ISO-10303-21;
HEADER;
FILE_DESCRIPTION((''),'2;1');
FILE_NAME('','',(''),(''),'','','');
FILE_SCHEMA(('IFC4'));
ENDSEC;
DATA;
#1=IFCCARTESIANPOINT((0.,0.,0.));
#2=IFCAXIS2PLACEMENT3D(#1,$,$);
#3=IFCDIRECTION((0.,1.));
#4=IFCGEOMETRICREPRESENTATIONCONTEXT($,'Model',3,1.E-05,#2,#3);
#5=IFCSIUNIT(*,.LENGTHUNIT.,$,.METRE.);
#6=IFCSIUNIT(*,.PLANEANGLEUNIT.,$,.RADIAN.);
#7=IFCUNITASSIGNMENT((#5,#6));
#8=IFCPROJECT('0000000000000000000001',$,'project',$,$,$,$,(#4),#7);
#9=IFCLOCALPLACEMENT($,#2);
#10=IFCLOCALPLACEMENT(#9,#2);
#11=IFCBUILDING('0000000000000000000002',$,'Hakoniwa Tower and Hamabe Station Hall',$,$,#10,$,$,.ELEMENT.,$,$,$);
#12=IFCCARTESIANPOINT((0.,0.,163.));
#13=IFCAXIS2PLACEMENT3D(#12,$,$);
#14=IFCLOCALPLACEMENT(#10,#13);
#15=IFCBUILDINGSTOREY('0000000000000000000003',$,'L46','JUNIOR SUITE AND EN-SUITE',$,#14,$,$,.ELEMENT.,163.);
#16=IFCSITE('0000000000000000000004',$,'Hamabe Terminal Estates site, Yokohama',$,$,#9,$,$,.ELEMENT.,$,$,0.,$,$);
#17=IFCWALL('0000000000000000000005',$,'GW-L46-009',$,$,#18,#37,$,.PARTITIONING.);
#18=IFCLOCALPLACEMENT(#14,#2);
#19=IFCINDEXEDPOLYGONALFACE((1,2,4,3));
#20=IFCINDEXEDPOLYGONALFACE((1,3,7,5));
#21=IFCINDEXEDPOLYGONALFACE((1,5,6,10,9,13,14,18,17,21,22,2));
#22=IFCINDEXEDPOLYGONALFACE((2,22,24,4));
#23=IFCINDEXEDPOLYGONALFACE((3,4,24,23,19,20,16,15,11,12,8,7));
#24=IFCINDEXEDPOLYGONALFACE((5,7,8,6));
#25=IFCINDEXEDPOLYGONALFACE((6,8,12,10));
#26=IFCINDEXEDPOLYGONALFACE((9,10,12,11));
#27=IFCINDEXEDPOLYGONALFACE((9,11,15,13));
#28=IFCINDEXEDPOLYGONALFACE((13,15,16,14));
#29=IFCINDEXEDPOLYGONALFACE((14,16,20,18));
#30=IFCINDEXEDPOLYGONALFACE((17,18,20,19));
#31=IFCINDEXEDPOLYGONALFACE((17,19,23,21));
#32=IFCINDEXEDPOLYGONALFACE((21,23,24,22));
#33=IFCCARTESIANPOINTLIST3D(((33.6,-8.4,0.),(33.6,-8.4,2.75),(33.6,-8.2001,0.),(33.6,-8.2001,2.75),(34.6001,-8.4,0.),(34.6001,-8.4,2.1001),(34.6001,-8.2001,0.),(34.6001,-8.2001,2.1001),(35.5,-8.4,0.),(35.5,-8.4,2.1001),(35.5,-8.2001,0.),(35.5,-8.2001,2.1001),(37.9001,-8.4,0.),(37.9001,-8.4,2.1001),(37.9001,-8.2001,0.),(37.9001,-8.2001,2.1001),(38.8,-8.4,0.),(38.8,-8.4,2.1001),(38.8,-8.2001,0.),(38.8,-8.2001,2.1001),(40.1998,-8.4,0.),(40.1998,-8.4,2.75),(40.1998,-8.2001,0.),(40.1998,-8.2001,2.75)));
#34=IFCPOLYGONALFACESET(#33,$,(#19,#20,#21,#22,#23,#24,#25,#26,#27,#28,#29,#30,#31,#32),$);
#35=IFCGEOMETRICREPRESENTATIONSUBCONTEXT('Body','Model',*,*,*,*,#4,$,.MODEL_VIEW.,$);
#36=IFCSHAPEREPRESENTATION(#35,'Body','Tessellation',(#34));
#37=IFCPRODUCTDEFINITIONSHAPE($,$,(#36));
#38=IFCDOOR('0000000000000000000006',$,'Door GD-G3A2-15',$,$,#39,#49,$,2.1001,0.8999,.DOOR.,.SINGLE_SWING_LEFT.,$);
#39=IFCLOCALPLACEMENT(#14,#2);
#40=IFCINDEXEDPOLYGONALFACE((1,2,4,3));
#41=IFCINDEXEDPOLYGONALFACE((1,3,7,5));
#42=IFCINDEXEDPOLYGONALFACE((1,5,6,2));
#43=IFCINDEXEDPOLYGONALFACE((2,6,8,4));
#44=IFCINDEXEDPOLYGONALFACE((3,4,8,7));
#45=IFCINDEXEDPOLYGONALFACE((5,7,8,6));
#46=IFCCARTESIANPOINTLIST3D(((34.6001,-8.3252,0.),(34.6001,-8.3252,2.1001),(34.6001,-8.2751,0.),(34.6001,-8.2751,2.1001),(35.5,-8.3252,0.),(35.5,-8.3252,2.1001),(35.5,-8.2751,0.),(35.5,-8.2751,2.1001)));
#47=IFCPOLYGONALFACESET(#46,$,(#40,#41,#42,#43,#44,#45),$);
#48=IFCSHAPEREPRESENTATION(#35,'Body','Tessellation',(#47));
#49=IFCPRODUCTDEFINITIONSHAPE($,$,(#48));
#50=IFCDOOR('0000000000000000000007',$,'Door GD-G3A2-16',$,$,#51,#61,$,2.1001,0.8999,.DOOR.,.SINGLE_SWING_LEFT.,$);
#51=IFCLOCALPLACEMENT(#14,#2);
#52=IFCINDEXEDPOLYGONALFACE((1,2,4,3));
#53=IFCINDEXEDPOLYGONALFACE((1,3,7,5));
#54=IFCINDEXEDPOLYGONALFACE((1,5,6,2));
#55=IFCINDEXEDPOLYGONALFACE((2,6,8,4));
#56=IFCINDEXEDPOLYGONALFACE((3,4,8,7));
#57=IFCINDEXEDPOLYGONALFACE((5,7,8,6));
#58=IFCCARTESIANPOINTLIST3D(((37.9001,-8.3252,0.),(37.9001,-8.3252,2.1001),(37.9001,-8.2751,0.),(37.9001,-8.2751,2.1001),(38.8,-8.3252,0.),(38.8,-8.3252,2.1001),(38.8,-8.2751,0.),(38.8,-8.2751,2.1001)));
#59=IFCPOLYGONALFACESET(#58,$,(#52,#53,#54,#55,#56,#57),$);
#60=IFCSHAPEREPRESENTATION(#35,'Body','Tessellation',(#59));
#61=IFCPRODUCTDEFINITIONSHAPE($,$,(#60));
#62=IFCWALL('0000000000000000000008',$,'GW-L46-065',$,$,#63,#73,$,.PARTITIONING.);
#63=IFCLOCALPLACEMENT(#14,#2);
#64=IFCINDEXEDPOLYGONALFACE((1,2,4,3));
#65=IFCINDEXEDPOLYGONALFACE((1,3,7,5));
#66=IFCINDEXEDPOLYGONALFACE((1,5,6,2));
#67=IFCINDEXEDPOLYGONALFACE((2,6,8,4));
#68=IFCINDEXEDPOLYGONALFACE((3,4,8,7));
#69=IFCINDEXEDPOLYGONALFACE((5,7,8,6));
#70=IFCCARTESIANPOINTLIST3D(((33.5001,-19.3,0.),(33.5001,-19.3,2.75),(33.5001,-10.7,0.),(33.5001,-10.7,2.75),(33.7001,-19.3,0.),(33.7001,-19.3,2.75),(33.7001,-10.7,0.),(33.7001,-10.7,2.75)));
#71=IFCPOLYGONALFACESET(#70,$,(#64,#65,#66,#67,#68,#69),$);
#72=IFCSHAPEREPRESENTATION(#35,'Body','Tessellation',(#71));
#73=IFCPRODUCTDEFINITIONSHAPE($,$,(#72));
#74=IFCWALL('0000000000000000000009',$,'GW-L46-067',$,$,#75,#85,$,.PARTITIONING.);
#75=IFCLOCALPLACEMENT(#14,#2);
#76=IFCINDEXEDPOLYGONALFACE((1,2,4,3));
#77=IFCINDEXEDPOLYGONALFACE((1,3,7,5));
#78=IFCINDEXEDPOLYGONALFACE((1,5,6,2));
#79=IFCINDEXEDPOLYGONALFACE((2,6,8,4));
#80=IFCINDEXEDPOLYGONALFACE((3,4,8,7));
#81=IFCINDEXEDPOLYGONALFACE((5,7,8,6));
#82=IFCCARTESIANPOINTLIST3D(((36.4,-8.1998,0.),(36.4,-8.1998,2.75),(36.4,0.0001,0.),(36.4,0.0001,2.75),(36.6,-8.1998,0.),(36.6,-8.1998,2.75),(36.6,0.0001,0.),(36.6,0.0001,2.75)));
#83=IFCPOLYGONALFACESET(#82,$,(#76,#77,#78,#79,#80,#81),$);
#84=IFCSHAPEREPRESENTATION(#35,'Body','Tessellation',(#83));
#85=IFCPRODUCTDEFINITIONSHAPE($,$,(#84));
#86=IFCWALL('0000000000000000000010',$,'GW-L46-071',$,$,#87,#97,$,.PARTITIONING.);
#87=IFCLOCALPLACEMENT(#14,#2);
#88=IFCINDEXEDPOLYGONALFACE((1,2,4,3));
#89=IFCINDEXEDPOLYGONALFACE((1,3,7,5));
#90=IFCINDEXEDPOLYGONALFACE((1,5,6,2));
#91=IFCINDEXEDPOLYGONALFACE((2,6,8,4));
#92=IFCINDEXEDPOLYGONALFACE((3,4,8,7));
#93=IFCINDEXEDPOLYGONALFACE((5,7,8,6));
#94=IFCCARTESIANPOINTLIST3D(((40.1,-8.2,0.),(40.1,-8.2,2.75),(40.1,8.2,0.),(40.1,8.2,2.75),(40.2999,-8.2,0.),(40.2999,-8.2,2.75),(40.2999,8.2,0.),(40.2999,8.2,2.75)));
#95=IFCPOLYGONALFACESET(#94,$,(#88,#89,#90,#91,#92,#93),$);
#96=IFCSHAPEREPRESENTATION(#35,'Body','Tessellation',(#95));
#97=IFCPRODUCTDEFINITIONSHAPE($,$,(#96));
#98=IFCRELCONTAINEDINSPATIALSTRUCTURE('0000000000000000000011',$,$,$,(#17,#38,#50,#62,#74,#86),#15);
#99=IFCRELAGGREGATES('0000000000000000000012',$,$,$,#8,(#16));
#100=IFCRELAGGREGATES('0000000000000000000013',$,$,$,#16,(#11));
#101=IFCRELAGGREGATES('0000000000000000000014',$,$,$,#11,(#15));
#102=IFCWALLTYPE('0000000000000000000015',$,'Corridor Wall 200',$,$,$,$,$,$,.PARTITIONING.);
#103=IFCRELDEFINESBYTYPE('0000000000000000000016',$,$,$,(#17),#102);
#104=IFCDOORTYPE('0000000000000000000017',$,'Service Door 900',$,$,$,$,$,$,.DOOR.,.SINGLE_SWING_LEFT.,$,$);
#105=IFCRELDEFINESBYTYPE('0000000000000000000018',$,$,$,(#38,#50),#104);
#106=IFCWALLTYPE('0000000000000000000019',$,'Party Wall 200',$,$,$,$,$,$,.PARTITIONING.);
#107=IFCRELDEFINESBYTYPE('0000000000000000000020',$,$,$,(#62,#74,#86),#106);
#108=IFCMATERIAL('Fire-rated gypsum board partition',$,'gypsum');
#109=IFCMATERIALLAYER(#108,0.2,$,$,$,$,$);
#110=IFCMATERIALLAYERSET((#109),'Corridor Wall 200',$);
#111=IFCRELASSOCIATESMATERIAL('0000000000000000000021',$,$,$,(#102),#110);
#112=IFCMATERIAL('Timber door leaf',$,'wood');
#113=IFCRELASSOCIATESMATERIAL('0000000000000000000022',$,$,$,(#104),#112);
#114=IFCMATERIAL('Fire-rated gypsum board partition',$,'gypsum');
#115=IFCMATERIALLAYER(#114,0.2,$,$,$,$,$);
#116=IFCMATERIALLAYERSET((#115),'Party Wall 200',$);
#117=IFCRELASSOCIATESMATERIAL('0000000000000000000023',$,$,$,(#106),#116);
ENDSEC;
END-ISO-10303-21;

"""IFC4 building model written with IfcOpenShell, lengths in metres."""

from ifc_helpers import new_model, si_unit, direction, frame, frame_2d, origin, place, context, subcontext, project, spatial, rectangle, extrude, material, layer, layer_set, type_object, element, fill, save


model = new_model("IFC4")

# Units and contexts
model_context = context("Model", 3, precision=1e-05, world=origin(), true_north=direction((0.0, 1.0)))
body_context = subcontext(model_context, "Body", "Model", "MODEL_VIEW")
ifc_project = project(units=[si_unit("LENGTHUNIT", "METRE"), si_unit("PLANEANGLEUNIT", "RADIAN")], contexts=[model_context])

# Site, building, storey
site_placement = place(None, origin())
site = spatial("IfcSite", under=ifc_project, at=site_placement, Name="Hamabe Terminal Estates site, Yokohama", CompositionType="ELEMENT", RefElevation=0.0)
building_placement = place(site_placement, origin())
building = spatial("IfcBuilding", under=site, at=building_placement, Name="Hakoniwa Tower and Hamabe Station Hall", CompositionType="ELEMENT")
storey_placement = place(building_placement, frame((0.0, 0.0, 163.0)))
storey = spatial("IfcBuildingStorey", under=building, at=storey_placement, Name="L46", Description="JUNIOR SUITE AND EN-SUITE", CompositionType="ELEMENT", Elevation=163.0)

# Wall, openings, doors
ifc_material_1 = material(Name="Fire-rated gypsum board partition", Category="gypsum")
ifc_layer_1 = layer(ifc_material_1, 0.2)
ifc_layer_set_1 = layer_set([ifc_layer_1], Name="Corridor Wall 200")
wall_type_1 = type_object("IfcWallType", Name="Corridor Wall 200", PredefinedType="PARTITIONING", material=ifc_layer_set_1)
wall_1_placement = place(storey_placement, frame((33.6001, -8.3, 0.0), z_axis=(0.0, 0.0, 1.0), x_axis=(1.0, 0.0, 0.0)))
wall_1 = element("IfcWall", 1, at=wall_1_placement, inside=storey, type_object=wall_type_1, Name="GW-L46-009", PredefinedType="PARTITIONING", context=body_context, shape_type="SweptSolid", body=[
    extrude(rectangle(XDim=6.5999, YDim=0.2, at=frame_2d((3.2998, 0.0))), origin(), (0.0, 0.0, 1.0), 2.75),
])
opening_1_placement = place(wall_1_placement, frame((1.0, 0.0, 0.0)))
opening_1 = element("IfcOpeningElement", 2, at=opening_1_placement, cuts=wall_1, PredefinedType="OPENING", context=body_context, shape_type="SweptSolid", body=[
    extrude(rectangle(XDim=0.8999, YDim=2.1001, at=frame_2d((0.45, 1.05))), frame((0.0, 0.1099, 0.0), z_axis=(0.0, -1.0, 0.0), x_axis=(1.0, 0.0, 0.0)), (0.0, 0.0, 1.0), 0.22),
])
opening_2_placement = place(wall_1_placement, frame((4.3, 0.0, 0.0)))
opening_2 = element("IfcOpeningElement", 3, at=opening_2_placement, cuts=wall_1, PredefinedType="OPENING", context=body_context, shape_type="SweptSolid", body=[
    extrude(rectangle(XDim=0.8999, YDim=2.1001, at=frame_2d((0.45, 1.05))), frame((0.0, 0.1099, 0.0), z_axis=(0.0, -1.0, 0.0), x_axis=(1.0, 0.0, 0.0)), (0.0, 0.0, 1.0), 0.22),
])
ifc_material_2 = material(Name="Timber door leaf", Category="wood")
door_type = type_object("IfcDoorType", Name="Service Door 900", OperationType="SINGLE_SWING_LEFT", PredefinedType="DOOR", material=ifc_material_2)
door_1_placement = place(opening_1_placement, origin())
door_1 = element("IfcDoor", 4, at=door_1_placement, inside=storey, type_object=door_type, Name="Door GD-G3A2-15", OperationType="SINGLE_SWING_LEFT", OverallHeight=2.1001, OverallWidth=0.8999, PredefinedType="DOOR", context=body_context, shape_type="SweptSolid", body=[
    extrude(rectangle(XDim=0.8999, YDim=2.1001, at=frame_2d((0.45, 1.05))), frame((0.0, 0.0249, 0.0), z_axis=(0.0, -1.0, 0.0), x_axis=(1.0, 0.0, 0.0)), (0.0, 0.0, 1.0), 0.05),
])
fill(opening_1, door_1)
door_2_placement = place(opening_2_placement, origin())
door_2 = element("IfcDoor", 5, at=door_2_placement, inside=storey, type_object=door_type, Name="Door GD-G3A2-16", OperationType="SINGLE_SWING_LEFT", OverallHeight=2.1001, OverallWidth=0.8999, PredefinedType="DOOR", context=body_context, shape_type="SweptSolid", body=[
    extrude(rectangle(XDim=0.8999, YDim=2.1001, at=frame_2d((0.45, 1.05))), frame((0.0, 0.0249, 0.0), z_axis=(0.0, -1.0, 0.0), x_axis=(1.0, 0.0, 0.0)), (0.0, 0.0, 1.0), 0.05),
])
fill(opening_2, door_2)

# Walls
ifc_material_3 = material(Name="Fire-rated gypsum board partition", Category="gypsum")
ifc_layer_2 = layer(ifc_material_3, 0.2)
ifc_layer_set_2 = layer_set([ifc_layer_2], Name="Party Wall 200")
wall_type_2 = type_object("IfcWallType", Name="Party Wall 200", PredefinedType="PARTITIONING", material=ifc_layer_set_2)
wall_2_placement = place(storey_placement, frame((33.6001, -19.3, 0.0), z_axis=(0.0, 0.0, 1.0), x_axis=(0.0, 1.0, 0.0)))
element("IfcWall", 6, at=wall_2_placement, inside=storey, type_object=wall_type_2, Name="GW-L46-065", PredefinedType="PARTITIONING", context=body_context, shape_type="SweptSolid", body=[
    extrude(rectangle(XDim=8.6001, YDim=0.2, at=frame_2d((4.3, 0.0))), origin(), (0.0, 0.0, 1.0), 2.75),
])
wall_3_placement = place(storey_placement, frame((36.5, -8.2, 0.0), z_axis=(0.0, 0.0, 1.0), x_axis=(0.0, 1.0, 0.0)))
element("IfcWall", 7, at=wall_3_placement, inside=storey, type_object=wall_type_2, Name="GW-L46-067", PredefinedType="PARTITIONING", context=body_context, shape_type="SweptSolid", body=[
    extrude(rectangle(XDim=8.2, YDim=0.2, at=frame_2d((4.1001, 0.0))), origin(), (0.0, 0.0, 1.0), 2.75),
])
wall_4_placement = place(storey_placement, frame((40.2, -8.2, 0.0), z_axis=(0.0, 0.0, 1.0), x_axis=(0.0, 1.0, 0.0)))
element("IfcWall", 8, at=wall_4_placement, inside=storey, type_object=wall_type_2, Name="GW-L46-071", PredefinedType="PARTITIONING", context=body_context, shape_type="SweptSolid", body=[
    extrude(rectangle(XDim=16.3999, YDim=0.2, at=frame_2d((8.2, 0.0))), origin(), (0.0, 0.0, 1.0), 2.75),
])

save(model, "model.ifc")
